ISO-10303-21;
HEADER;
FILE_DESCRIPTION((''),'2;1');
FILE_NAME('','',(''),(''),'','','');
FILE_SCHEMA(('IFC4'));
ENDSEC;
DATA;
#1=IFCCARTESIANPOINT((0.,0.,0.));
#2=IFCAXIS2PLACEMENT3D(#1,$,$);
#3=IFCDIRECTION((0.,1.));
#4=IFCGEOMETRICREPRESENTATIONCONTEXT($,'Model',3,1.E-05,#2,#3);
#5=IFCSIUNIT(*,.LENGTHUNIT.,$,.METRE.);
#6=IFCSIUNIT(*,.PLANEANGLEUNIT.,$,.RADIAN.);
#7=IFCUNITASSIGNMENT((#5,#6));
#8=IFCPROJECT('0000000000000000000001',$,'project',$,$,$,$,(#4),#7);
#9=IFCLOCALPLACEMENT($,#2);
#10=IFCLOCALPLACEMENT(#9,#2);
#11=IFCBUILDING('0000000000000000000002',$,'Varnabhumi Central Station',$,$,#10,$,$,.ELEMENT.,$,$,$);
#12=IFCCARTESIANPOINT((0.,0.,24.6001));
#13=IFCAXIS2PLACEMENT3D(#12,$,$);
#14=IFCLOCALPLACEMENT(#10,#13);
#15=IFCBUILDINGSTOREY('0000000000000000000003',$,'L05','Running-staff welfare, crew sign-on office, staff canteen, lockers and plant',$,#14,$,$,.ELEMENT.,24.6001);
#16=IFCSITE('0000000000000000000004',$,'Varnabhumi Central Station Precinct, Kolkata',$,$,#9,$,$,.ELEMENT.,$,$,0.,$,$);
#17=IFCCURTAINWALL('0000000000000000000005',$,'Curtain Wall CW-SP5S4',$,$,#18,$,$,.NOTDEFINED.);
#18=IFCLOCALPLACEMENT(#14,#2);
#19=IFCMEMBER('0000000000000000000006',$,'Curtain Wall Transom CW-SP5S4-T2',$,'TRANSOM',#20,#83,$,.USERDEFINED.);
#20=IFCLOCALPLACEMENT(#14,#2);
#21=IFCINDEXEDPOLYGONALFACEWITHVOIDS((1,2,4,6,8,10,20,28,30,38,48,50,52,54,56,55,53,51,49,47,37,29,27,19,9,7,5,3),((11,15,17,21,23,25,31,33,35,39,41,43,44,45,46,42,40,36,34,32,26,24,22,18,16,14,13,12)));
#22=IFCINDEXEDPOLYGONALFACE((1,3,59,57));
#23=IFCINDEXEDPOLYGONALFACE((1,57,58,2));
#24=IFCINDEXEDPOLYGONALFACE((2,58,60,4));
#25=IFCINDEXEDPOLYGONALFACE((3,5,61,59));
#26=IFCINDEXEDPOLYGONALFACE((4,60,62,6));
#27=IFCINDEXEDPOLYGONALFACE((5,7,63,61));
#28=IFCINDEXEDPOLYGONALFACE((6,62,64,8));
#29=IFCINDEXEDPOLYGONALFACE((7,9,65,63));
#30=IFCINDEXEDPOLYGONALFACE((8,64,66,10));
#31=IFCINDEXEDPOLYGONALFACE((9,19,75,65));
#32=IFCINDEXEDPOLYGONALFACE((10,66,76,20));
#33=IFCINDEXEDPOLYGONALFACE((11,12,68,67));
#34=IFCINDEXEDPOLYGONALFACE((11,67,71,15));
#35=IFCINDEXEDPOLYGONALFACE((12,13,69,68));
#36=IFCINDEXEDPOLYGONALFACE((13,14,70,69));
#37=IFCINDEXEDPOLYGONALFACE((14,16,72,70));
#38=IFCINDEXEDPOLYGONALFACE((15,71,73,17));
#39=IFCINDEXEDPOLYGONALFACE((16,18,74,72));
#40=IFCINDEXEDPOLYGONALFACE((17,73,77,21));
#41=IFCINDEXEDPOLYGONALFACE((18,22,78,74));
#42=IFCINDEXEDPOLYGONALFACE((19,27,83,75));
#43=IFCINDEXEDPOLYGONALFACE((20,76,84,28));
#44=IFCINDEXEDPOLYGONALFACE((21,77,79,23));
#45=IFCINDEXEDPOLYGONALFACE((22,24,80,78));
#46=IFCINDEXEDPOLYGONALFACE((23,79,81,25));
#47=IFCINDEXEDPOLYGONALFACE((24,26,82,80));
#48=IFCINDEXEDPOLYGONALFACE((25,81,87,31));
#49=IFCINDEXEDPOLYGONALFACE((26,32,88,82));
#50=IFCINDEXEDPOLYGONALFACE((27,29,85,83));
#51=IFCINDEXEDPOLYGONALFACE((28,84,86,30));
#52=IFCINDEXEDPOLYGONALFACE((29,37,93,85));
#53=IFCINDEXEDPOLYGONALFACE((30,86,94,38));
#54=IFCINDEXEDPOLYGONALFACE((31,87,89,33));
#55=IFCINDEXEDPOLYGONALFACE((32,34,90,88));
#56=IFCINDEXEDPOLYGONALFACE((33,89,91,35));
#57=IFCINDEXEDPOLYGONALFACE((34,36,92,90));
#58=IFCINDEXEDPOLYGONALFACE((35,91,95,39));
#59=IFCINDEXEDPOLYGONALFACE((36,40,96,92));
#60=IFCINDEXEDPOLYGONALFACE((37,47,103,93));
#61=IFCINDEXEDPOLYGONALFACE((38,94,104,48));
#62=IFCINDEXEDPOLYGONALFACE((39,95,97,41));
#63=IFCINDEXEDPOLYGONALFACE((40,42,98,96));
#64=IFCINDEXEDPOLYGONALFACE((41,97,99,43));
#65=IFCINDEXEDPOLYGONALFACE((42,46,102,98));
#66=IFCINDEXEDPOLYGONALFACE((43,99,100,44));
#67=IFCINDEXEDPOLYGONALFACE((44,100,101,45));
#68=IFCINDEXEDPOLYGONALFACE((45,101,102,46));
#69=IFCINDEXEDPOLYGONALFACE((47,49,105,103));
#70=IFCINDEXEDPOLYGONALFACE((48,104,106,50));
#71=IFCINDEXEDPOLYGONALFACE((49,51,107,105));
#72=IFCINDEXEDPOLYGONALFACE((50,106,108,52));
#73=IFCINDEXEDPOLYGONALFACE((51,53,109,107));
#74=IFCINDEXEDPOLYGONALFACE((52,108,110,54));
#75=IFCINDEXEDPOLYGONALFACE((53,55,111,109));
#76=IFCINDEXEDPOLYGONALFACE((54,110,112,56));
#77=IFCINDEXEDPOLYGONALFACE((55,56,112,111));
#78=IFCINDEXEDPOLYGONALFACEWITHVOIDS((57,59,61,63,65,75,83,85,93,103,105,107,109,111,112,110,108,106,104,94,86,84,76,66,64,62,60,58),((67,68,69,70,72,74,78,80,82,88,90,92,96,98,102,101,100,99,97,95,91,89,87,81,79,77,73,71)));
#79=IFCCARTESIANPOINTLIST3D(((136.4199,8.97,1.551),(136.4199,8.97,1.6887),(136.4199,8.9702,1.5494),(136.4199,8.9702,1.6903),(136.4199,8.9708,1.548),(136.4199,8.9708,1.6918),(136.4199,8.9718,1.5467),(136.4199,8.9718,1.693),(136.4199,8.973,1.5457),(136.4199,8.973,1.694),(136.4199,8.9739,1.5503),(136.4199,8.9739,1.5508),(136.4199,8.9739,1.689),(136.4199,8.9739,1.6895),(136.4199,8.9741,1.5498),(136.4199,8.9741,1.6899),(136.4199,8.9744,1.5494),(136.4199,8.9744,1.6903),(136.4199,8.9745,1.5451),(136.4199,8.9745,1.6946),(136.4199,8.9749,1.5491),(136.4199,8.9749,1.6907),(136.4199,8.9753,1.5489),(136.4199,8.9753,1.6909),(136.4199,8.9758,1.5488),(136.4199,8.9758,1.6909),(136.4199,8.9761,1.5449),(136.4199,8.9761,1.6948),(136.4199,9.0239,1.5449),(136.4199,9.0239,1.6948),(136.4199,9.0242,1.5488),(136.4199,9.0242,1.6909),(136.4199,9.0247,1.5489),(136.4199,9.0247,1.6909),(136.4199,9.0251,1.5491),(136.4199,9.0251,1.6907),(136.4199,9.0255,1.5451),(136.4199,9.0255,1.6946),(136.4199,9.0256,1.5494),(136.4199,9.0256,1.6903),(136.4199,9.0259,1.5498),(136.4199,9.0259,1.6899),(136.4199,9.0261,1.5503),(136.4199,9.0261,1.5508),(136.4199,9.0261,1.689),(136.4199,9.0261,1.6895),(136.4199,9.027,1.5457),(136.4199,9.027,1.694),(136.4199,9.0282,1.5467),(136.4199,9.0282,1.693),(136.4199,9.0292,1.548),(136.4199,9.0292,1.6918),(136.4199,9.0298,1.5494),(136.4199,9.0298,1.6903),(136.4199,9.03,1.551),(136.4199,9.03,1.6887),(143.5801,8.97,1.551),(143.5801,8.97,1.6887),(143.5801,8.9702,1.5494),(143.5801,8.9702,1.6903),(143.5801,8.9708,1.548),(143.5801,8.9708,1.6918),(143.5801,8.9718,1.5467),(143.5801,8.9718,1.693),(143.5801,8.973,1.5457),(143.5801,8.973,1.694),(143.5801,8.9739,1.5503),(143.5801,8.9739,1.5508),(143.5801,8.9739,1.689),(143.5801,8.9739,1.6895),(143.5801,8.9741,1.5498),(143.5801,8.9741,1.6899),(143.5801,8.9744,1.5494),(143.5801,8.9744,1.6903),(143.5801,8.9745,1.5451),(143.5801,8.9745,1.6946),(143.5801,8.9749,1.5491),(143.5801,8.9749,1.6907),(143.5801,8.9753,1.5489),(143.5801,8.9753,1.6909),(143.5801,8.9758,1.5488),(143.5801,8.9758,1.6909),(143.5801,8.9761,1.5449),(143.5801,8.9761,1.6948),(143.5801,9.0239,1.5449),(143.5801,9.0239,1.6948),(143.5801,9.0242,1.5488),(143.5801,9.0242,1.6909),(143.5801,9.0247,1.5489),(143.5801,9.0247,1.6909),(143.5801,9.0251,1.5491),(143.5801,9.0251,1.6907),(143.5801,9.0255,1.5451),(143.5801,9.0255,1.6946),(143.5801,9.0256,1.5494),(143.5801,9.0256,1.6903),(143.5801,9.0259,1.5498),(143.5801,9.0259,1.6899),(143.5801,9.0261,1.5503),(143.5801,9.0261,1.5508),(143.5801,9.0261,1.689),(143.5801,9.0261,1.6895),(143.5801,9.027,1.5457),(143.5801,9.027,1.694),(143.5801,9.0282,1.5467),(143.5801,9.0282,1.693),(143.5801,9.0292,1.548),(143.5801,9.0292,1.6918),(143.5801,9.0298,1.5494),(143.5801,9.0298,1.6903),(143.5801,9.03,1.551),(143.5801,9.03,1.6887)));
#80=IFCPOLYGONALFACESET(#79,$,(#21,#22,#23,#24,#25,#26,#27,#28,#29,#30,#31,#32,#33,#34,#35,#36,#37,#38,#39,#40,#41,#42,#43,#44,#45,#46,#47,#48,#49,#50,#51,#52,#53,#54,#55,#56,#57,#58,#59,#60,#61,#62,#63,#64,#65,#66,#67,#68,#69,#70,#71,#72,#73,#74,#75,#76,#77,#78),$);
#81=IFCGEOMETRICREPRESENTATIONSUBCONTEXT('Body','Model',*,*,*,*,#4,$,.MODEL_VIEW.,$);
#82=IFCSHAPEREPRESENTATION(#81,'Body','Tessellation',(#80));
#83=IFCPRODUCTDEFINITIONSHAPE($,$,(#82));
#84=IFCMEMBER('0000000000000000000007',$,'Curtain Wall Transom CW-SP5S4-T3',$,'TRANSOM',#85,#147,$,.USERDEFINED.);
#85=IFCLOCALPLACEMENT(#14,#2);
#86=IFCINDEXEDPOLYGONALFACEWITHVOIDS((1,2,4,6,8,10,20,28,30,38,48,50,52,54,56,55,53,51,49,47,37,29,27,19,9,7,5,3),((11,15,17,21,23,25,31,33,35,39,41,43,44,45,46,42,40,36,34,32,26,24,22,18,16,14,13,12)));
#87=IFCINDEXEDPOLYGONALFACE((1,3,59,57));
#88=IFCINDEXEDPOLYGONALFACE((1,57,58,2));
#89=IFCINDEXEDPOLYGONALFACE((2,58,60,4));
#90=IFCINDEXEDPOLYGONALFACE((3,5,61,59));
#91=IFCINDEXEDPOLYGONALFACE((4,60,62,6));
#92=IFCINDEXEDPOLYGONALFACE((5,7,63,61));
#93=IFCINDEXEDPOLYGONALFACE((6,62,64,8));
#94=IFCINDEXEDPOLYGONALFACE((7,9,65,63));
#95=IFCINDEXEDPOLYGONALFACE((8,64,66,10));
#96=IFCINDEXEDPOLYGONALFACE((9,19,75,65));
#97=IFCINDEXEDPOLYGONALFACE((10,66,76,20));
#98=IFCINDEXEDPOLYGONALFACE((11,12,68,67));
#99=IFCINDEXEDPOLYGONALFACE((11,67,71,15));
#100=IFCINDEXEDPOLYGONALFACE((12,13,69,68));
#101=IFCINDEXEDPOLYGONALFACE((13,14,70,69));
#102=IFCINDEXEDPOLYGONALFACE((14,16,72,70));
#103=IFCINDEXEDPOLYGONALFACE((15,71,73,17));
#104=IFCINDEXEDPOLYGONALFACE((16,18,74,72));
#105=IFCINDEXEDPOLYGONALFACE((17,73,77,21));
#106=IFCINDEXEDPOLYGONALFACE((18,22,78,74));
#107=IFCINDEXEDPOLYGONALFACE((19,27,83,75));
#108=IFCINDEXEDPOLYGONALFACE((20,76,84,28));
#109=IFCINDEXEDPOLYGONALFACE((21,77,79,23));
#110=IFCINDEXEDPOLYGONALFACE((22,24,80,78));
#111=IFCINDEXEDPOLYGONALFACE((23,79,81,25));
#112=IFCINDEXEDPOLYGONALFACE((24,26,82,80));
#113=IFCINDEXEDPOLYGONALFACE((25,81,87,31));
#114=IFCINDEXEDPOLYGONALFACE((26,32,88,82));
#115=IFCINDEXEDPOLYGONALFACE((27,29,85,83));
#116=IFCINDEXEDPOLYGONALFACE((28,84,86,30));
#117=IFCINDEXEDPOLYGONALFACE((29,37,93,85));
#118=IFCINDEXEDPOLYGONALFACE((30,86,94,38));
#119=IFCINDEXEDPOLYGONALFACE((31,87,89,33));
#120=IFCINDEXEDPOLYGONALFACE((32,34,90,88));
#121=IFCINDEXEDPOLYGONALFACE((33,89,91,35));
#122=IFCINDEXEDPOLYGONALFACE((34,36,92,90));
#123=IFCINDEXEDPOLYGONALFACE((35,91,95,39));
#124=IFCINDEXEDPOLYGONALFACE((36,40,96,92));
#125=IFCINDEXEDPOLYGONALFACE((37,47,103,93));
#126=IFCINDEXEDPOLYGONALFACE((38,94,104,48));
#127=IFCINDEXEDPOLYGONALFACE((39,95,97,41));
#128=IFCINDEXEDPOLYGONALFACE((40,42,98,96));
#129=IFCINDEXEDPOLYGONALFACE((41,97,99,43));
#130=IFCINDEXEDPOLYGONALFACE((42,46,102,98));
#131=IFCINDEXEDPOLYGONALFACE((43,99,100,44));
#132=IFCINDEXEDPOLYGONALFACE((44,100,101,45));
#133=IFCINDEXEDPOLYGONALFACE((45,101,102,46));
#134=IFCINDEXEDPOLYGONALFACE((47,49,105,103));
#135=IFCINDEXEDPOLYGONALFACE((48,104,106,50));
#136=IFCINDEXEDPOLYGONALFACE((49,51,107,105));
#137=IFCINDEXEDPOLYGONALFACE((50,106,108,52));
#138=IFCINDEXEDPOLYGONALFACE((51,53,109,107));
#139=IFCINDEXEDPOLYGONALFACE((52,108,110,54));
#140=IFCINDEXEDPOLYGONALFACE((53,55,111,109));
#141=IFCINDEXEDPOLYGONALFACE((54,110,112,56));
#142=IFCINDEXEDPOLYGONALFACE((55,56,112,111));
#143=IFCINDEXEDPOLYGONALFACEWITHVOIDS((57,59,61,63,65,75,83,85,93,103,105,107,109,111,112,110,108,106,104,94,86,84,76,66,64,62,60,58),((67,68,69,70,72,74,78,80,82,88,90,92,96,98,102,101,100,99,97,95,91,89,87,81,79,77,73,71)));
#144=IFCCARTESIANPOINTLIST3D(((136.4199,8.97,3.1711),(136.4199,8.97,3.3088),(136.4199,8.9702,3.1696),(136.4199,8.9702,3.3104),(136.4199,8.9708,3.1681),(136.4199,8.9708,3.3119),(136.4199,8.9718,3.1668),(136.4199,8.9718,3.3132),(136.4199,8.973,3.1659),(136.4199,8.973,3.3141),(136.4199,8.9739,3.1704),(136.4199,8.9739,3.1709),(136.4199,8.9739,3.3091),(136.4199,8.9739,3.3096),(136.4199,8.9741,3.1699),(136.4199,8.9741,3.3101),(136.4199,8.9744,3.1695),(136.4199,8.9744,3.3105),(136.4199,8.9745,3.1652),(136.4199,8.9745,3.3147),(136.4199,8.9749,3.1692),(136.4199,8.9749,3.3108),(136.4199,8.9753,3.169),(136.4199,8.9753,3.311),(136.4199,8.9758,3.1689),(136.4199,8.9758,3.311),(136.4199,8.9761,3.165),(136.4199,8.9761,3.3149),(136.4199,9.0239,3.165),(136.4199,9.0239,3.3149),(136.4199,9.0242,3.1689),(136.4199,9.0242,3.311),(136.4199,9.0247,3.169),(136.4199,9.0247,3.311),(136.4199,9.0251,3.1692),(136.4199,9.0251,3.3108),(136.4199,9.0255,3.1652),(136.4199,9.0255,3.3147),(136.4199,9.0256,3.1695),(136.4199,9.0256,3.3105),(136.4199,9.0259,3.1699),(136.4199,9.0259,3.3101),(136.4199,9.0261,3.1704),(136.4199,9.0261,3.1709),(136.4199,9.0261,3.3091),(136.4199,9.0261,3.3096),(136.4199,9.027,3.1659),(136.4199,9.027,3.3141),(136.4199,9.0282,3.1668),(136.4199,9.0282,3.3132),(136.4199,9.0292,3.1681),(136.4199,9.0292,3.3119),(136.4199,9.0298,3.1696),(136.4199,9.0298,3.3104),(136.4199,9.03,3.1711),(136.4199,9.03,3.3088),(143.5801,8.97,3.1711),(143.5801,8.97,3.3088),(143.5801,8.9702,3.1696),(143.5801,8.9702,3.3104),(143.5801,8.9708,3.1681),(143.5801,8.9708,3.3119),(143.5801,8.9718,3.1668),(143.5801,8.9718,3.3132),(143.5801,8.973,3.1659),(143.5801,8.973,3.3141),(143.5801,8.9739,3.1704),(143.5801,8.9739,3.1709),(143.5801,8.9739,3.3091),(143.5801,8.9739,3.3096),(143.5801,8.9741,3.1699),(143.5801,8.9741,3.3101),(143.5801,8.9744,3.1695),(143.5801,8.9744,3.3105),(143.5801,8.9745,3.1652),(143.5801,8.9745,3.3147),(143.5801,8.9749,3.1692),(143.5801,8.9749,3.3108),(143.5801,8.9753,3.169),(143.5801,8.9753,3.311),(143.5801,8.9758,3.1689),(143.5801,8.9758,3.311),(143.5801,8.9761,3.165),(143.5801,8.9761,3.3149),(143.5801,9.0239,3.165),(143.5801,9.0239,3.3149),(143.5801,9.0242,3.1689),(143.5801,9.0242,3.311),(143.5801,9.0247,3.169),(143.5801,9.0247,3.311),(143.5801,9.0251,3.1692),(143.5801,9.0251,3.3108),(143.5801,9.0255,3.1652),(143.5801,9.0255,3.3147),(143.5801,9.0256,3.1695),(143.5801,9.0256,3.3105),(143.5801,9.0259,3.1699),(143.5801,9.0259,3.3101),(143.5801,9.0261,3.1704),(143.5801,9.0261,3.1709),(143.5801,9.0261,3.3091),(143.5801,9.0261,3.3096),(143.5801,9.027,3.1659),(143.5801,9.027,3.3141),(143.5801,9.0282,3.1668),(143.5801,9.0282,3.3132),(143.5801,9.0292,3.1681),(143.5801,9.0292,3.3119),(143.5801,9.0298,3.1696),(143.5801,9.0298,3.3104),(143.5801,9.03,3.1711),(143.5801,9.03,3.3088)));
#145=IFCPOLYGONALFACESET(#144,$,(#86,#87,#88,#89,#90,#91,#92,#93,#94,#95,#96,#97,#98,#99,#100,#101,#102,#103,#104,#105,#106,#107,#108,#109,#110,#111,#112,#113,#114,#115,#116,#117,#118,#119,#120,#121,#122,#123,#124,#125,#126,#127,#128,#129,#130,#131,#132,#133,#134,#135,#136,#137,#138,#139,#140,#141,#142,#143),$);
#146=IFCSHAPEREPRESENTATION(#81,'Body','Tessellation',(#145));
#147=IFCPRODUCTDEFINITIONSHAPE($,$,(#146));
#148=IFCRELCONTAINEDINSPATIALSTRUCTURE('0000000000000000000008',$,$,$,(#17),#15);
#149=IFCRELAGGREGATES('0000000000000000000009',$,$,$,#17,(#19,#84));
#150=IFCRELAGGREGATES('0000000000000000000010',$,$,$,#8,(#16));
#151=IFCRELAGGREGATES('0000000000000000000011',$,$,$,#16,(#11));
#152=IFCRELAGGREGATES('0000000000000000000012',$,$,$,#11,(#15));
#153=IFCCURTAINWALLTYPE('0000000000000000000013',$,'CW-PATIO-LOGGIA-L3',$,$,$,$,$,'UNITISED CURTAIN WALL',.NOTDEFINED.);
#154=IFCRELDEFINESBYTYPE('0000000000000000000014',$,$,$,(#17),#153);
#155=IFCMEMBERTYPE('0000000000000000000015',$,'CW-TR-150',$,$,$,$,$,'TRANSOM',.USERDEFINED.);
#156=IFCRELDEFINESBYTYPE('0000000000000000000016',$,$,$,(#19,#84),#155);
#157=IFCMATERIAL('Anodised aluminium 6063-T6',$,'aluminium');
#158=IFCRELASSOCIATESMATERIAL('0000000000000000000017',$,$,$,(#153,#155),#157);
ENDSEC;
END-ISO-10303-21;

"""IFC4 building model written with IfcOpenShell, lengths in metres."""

from ifc_helpers import new_model, si_unit, direction, frame, origin, origin_2d, place, context, subcontext, project, spatial, hollow_rectangle, extrude, material, material_profile, profile_set, type_object, element, aggregate, save


model = new_model("IFC4")

# Units and contexts
model_context = context("Model", 3, precision=1e-05, world=origin(), true_north=direction((0.0, 1.0)))
body_context = subcontext(model_context, "Body", "Model", "MODEL_VIEW")
ifc_project = project(units=[si_unit("LENGTHUNIT", "METRE"), si_unit("PLANEANGLEUNIT", "RADIAN")], contexts=[model_context])

# Site, building, storey
site_placement = place(None, origin())
site = spatial("IfcSite", under=ifc_project, at=site_placement, Name="Varnabhumi Central Station Precinct, Kolkata", CompositionType="ELEMENT", RefElevation=0.0)
building_placement = place(site_placement, origin())
building = spatial("IfcBuilding", under=site, at=building_placement, Name="Varnabhumi Central Station", CompositionType="ELEMENT")
storey_placement = place(building_placement, frame((0.0, 0.0, 24.6001)))
storey = spatial("IfcBuildingStorey", under=building, at=storey_placement, Name="L05", Description="Running-staff welfare, crew sign-on office, staff canteen, lockers and plant", CompositionType="ELEMENT", Elevation=24.6001)

# Curtain wall, members
ifc_material_1 = material(Name="Anodised aluminium 6063-T6", Category="aluminium")
curtain_wall_type = type_object("IfcCurtainWallType", Name="CW-PATIO-LOGGIA-L3", ElementType="UNITISED CURTAIN WALL", PredefinedType="NOTDEFINED", material=ifc_material_1)
curtain_wall_placement = place(storey_placement, origin())
curtain_wall = element("IfcCurtainWall", 1, at=curtain_wall_placement, inside=storey, type_object=curtain_wall_type, Name="Curtain Wall CW-SP5S4", PredefinedType="NOTDEFINED")
ifc_material_profile_1 = material_profile(ifc_material_1, hollow_rectangle(XDim=0.0601, YDim=0.1499, WallThickness=0.0039, InnerFilletRadius=0.002, OuterFilletRadius=0.0061, at=origin_2d()), Name="Anodised aluminium 6063-T6", Category="aluminium")
ifc_profile_set_1 = profile_set([ifc_material_profile_1], Name="Anodised aluminium 6063-T6")
member_type_1 = type_object("IfcMemberType", Name="CW-TR-150", ElementType="TRANSOM", PredefinedType="USERDEFINED", material=ifc_profile_set_1)
member_1_placement = place(storey_placement, frame((136.4199, 9.0, 1.6199), z_axis=(1.0, 0.0, 0.0), x_axis=(0.0, 1.0, 0.0)))
member_1 = element("IfcMember", 2, at=member_1_placement, type_object=member_type_1, Name="Curtain Wall Transom CW-SP5S4-T2", ObjectType="TRANSOM", PredefinedType="USERDEFINED", context=body_context, shape_type="SweptSolid", body=[
    extrude(hollow_rectangle(XDim=0.0601, YDim=0.1499, WallThickness=0.0039, InnerFilletRadius=0.002, OuterFilletRadius=0.0061, at=origin_2d()), origin(), (0.0, 0.0, 1.0), 7.1602),
])
member_2_placement = place(storey_placement, frame((136.4199, 9.0, 3.24), z_axis=(1.0, 0.0, 0.0), x_axis=(0.0, 1.0, 0.0)))
member_2 = element("IfcMember", 3, at=member_2_placement, type_object=member_type_1, Name="Curtain Wall Transom CW-SP5S4-T3", ObjectType="TRANSOM", PredefinedType="USERDEFINED", context=body_context, shape_type="SweptSolid", body=[
    extrude(hollow_rectangle(XDim=0.0601, YDim=0.1499, WallThickness=0.0039, InnerFilletRadius=0.002, OuterFilletRadius=0.0061, at=origin_2d()), origin(), (0.0, 0.0, 1.0), 7.1602),
])

aggregate(curtain_wall, [member_1, member_2])

save(model, "model.ifc")
